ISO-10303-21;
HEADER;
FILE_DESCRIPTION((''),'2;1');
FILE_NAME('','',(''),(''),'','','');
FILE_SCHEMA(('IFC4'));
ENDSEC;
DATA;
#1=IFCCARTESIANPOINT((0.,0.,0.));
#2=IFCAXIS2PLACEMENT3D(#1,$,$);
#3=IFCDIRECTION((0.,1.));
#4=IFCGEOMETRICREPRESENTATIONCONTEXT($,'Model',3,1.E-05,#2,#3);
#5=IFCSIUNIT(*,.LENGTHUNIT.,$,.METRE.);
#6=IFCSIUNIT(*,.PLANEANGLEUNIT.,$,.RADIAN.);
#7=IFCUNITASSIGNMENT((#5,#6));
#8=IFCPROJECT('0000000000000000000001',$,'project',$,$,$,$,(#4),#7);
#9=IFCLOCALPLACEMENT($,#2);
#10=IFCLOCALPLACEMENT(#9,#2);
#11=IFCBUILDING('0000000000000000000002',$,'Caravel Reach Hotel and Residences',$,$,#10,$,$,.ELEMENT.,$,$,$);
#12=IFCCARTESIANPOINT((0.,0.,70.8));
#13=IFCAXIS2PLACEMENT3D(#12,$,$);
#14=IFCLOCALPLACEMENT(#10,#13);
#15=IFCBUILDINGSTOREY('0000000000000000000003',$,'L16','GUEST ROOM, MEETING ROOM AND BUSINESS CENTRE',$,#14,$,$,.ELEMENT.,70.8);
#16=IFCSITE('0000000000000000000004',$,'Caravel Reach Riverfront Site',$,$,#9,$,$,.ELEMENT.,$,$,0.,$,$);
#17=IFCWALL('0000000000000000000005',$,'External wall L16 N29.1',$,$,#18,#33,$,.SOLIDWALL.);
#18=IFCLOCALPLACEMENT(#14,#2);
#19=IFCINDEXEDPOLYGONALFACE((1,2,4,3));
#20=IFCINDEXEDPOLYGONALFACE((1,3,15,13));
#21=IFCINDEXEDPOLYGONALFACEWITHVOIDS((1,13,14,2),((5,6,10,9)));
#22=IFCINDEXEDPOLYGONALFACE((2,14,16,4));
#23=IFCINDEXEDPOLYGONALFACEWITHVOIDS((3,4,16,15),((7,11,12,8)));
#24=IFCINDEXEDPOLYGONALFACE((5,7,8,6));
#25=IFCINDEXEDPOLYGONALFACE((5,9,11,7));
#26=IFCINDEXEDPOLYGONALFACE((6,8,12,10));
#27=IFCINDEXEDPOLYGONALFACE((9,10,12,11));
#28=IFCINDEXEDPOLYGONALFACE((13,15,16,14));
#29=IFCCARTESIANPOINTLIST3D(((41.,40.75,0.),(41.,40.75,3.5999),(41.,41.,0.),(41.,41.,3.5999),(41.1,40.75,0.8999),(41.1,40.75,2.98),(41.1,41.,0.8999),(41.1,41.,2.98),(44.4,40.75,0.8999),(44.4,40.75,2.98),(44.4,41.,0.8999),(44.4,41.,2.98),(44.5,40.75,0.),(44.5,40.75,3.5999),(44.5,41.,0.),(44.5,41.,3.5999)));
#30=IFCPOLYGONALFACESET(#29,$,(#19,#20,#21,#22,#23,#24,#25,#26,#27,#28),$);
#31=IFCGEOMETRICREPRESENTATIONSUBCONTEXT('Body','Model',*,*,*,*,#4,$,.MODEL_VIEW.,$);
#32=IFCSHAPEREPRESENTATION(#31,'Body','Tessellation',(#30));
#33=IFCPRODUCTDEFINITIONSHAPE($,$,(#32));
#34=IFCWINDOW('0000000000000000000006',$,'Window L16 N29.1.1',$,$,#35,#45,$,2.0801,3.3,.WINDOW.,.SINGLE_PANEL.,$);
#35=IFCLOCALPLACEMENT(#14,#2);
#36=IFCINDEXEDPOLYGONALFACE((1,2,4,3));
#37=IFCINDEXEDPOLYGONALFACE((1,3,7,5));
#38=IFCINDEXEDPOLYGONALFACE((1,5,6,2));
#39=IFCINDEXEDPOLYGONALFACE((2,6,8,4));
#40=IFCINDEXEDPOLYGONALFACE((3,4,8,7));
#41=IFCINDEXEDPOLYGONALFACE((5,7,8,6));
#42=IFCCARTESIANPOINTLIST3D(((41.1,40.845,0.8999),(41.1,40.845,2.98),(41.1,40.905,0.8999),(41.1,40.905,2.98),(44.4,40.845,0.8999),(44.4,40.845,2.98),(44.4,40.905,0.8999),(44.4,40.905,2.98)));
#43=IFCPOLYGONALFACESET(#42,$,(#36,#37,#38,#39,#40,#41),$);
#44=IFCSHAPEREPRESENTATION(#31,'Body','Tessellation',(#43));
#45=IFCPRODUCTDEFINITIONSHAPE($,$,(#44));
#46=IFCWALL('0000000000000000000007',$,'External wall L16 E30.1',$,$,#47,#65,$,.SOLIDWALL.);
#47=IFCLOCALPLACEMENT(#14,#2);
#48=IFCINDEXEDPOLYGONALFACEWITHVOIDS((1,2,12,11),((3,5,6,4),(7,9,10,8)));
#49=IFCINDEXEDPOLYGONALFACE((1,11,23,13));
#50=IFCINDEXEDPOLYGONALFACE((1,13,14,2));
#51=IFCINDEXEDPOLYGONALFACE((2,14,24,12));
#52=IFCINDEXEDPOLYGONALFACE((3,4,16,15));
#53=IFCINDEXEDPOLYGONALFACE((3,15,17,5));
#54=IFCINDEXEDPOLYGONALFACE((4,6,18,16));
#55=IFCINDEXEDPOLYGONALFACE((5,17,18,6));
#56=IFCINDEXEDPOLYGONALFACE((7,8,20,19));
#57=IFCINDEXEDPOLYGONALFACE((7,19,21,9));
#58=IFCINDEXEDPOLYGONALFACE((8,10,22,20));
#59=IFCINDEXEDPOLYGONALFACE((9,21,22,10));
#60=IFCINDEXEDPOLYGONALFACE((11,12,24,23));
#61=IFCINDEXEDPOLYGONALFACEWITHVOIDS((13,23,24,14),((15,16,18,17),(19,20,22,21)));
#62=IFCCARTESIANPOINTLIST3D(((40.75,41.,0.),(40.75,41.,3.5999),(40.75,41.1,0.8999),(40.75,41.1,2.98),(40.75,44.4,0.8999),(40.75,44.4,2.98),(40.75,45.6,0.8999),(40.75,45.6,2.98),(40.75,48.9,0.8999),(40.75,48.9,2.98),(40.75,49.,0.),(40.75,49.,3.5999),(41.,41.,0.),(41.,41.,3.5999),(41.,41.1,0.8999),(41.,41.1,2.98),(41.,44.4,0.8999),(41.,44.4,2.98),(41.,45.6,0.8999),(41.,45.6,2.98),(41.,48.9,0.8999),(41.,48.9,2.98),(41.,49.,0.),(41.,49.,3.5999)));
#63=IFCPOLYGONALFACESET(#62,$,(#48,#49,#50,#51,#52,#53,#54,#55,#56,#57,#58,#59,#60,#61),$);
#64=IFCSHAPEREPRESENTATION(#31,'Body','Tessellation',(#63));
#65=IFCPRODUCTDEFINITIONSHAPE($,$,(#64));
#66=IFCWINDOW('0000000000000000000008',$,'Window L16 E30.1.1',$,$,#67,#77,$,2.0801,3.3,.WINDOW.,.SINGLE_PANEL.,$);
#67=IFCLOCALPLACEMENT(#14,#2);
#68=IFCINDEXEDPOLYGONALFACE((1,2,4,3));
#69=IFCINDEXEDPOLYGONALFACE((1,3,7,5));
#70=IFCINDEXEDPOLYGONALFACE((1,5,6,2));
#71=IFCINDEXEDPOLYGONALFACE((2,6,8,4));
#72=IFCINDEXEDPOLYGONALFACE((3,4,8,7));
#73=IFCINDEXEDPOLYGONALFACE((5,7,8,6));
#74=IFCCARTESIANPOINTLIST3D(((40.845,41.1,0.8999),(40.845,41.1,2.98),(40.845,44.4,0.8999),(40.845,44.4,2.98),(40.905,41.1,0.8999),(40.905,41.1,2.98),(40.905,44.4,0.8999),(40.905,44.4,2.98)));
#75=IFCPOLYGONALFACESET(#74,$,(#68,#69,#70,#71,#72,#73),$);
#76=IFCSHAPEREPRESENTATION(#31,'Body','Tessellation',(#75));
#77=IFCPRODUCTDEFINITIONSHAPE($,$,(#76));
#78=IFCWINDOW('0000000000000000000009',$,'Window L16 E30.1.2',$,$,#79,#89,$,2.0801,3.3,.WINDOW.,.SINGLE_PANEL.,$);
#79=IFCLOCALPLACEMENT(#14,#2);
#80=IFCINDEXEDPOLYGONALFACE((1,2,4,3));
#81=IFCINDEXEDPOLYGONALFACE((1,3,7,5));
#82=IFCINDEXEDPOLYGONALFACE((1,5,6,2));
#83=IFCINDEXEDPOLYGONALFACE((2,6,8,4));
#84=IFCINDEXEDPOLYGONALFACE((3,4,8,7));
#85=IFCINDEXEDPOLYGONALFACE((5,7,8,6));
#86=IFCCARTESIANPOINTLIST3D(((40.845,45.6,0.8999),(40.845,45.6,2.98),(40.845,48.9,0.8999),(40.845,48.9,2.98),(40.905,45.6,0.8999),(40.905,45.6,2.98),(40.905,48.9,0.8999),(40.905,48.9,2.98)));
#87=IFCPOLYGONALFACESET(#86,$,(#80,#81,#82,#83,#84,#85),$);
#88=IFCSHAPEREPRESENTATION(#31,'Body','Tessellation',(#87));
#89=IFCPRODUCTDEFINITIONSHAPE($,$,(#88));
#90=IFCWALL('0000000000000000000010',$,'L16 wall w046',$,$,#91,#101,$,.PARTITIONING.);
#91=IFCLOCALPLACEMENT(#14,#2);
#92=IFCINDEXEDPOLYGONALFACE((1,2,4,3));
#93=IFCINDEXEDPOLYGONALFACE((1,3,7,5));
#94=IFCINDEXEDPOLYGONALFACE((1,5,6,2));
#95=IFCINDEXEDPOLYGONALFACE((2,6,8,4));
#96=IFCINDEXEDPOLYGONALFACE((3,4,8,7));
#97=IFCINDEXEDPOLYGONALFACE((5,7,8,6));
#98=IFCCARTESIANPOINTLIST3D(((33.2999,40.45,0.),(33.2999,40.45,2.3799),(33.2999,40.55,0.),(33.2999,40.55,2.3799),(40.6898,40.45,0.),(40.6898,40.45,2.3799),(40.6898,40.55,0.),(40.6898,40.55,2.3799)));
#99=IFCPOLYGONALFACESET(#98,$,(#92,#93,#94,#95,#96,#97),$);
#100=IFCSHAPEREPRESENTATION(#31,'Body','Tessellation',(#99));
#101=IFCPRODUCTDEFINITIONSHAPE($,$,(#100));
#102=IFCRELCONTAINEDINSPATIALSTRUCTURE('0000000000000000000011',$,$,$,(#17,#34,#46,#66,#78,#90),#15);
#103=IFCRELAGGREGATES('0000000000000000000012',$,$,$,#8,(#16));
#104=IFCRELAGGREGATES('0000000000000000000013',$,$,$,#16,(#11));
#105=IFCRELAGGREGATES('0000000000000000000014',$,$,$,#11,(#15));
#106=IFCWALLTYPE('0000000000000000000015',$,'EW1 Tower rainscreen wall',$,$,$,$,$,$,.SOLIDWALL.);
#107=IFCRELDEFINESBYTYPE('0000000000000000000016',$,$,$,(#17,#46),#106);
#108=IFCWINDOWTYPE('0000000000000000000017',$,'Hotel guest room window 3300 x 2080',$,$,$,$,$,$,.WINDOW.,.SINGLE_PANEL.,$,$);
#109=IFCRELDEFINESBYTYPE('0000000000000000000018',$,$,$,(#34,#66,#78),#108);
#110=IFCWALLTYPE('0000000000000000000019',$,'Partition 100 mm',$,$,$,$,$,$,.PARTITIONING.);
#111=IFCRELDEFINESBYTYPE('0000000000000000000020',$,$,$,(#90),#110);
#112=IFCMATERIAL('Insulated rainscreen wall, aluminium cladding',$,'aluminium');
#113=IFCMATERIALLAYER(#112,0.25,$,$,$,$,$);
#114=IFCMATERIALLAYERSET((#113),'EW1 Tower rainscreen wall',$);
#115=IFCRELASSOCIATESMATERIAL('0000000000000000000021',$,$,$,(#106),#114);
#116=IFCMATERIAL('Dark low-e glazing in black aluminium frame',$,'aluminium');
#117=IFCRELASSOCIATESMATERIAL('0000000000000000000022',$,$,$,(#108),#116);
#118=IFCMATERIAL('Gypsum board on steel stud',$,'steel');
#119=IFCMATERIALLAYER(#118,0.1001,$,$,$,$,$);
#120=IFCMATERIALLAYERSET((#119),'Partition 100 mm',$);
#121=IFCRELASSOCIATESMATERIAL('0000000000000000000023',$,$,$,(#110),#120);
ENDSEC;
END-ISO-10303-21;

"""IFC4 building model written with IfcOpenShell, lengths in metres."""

from ifc_helpers import new_model, si_unit, direction, frame, frame_2d, origin, place, context, subcontext, project, spatial, rectangle, extrude, material, layer, layer_set, type_object, element, fill, save


model = new_model("IFC4")

# Units and contexts
model_context = context("Model", 3, precision=1e-05, world=origin(), true_north=direction((0.0, 1.0)))
body_context = subcontext(model_context, "Body", "Model", "MODEL_VIEW")
ifc_project = project(units=[si_unit("LENGTHUNIT", "METRE"), si_unit("PLANEANGLEUNIT", "RADIAN")], contexts=[model_context])

# Site, building, storey
site_placement = place(None, origin())
site = spatial("IfcSite", under=ifc_project, at=site_placement, Name="Caravel Reach Riverfront Site", CompositionType="ELEMENT", RefElevation=0.0)
building_placement = place(site_placement, origin())
building = spatial("IfcBuilding", under=site, at=building_placement, Name="Caravel Reach Hotel and Residences", CompositionType="ELEMENT")
storey_placement = place(building_placement, frame((0.0, 0.0, 70.8)))
storey = spatial("IfcBuildingStorey", under=building, at=storey_placement, Name="L16", Description="GUEST ROOM, MEETING ROOM AND BUSINESS CENTRE", CompositionType="ELEMENT", Elevation=70.8)

# Wall, opening, window
ifc_material_1 = material(Name="Insulated rainscreen wall, aluminium cladding", Category="aluminium")
ifc_layer_1 = layer(ifc_material_1, 0.25)
ifc_layer_set_1 = layer_set([ifc_layer_1], Name="EW1 Tower rainscreen wall")
wall_type_1 = type_object("IfcWallType", Name="EW1 Tower rainscreen wall", PredefinedType="SOLIDWALL", material=ifc_layer_set_1)
wall_1_placement = place(storey_placement, frame((44.5, 40.875, 0.0), z_axis=(0.0, 0.0, 1.0), x_axis=(-1.0, 0.0, 0.0)))
wall_1 = element("IfcWall", 1, at=wall_1_placement, inside=storey, type_object=wall_type_1, Name="External wall L16 N29.1", PredefinedType="SOLIDWALL", context=body_context, shape_type="SweptSolid", body=[
    extrude(rectangle(XDim=3.5, YDim=0.25, at=frame_2d((1.75, 0.0))), origin(), (0.0, 0.0, 1.0), 3.5999),
])
opening_1_placement = place(wall_1_placement, frame((0.1001, 0.0, 0.8999)))
opening_1 = element("IfcOpeningElement", 2, at=opening_1_placement, cuts=wall_1, PredefinedType="OPENING", context=body_context, shape_type="SweptSolid", body=[
    extrude(rectangle(XDim=3.3, YDim=2.0801, at=frame_2d((1.6499, 1.04))), frame((0.0, 0.135, 0.0), z_axis=(0.0, -1.0, 0.0), x_axis=(1.0, 0.0, 0.0)), (0.0, 0.0, 1.0), 0.27),
])
ifc_material_2 = material(Name="Dark low-e glazing in black aluminium frame", Category="aluminium")
window_type = type_object("IfcWindowType", Name="Hotel guest room window 3300 x 2080", PartitioningType="SINGLE_PANEL", PredefinedType="WINDOW", material=ifc_material_2)
window_1_placement = place(opening_1_placement, origin())
window_1 = element("IfcWindow", 3, at=window_1_placement, inside=storey, type_object=window_type, Name="Window L16 N29.1.1", OverallHeight=2.0801, OverallWidth=3.3, PartitioningType="SINGLE_PANEL", PredefinedType="WINDOW", context=body_context, shape_type="SweptSolid", body=[
    extrude(rectangle(XDim=3.3, YDim=2.0801, at=frame_2d((1.6499, 1.04))), frame((0.0, 0.03, 0.0), z_axis=(0.0, -1.0, 0.0), x_axis=(1.0, 0.0, 0.0)), (0.0, 0.0, 1.0), 0.0601),
])
fill(opening_1, window_1)

# Wall, openings, windows
wall_2_placement = place(storey_placement, frame((40.875, 41.0, 0.0), z_axis=(0.0, 0.0, 1.0), x_axis=(0.0, 1.0, 0.0)))
wall_2 = element("IfcWall", 4, at=wall_2_placement, inside=storey, type_object=wall_type_1, Name="External wall L16 E30.1", PredefinedType="SOLIDWALL", context=body_context, shape_type="SweptSolid", body=[
    extrude(rectangle(XDim=8.0, YDim=0.25, at=frame_2d((4.0, 0.0))), origin(), (0.0, 0.0, 1.0), 3.5999),
])
opening_2_placement = place(wall_2_placement, frame((0.1001, 0.0, 0.8999)))
opening_2 = element("IfcOpeningElement", 5, at=opening_2_placement, cuts=wall_2, PredefinedType="OPENING", context=body_context, shape_type="SweptSolid", body=[
    extrude(rectangle(XDim=3.3, YDim=2.0801, at=frame_2d((1.6499, 1.04))), frame((0.0, 0.135, 0.0), z_axis=(0.0, -1.0, 0.0), x_axis=(1.0, 0.0, 0.0)), (0.0, 0.0, 1.0), 0.27),
])
opening_3_placement = place(wall_2_placement, frame((4.6001, 0.0, 0.8999)))
opening_3 = element("IfcOpeningElement", 6, at=opening_3_placement, cuts=wall_2, PredefinedType="OPENING", context=body_context, shape_type="SweptSolid", body=[
    extrude(rectangle(XDim=3.3, YDim=2.0801, at=frame_2d((1.6499, 1.04))), frame((0.0, 0.135, 0.0), z_axis=(0.0, -1.0, 0.0), x_axis=(1.0, 0.0, 0.0)), (0.0, 0.0, 1.0), 0.27),
])
window_2_placement = place(opening_2_placement, origin())
window_2 = element("IfcWindow", 7, at=window_2_placement, inside=storey, type_object=window_type, Name="Window L16 E30.1.1", OverallHeight=2.0801, OverallWidth=3.3, PartitioningType="SINGLE_PANEL", PredefinedType="WINDOW", context=body_context, shape_type="SweptSolid", body=[
    extrude(rectangle(XDim=3.3, YDim=2.0801, at=frame_2d((1.6499, 1.04))), frame((0.0, 0.03, 0.0), z_axis=(0.0, -1.0, 0.0), x_axis=(1.0, 0.0, 0.0)), (0.0, 0.0, 1.0), 0.0601),
])
fill(opening_2, window_2)
window_3_placement = place(opening_3_placement, origin())
window_3 = element("IfcWindow", 8, at=window_3_placement, inside=storey, type_object=window_type, Name="Window L16 E30.1.2", OverallHeight=2.0801, OverallWidth=3.3, PartitioningType="SINGLE_PANEL", PredefinedType="WINDOW", context=body_context, shape_type="SweptSolid", body=[
    extrude(rectangle(XDim=3.3, YDim=2.0801, at=frame_2d((1.6499, 1.04))), frame((0.0, 0.03, 0.0), z_axis=(0.0, -1.0, 0.0), x_axis=(1.0, 0.0, 0.0)), (0.0, 0.0, 1.0), 0.0601),
])
fill(opening_3, window_3)

# Wall
ifc_material_3 = material(Name="Gypsum board on steel stud", Category="steel")
ifc_layer_2 = layer(ifc_material_3, 0.1001)
ifc_layer_set_2 = layer_set([ifc_layer_2], Name="Partition 100 mm")
wall_type_2 = type_object("IfcWallType", Name="Partition 100 mm", PredefinedType="PARTITIONING", material=ifc_layer_set_2)
wall_3_placement = place(storey_placement, frame((33.3, 40.5, 0.0), z_axis=(0.0, 0.0, 1.0), x_axis=(1.0, 0.0, 0.0)))
element("IfcWall", 9, at=wall_3_placement, inside=storey, type_object=wall_type_2, Name="L16 wall w046", PredefinedType="PARTITIONING", context=body_context, shape_type="SweptSolid", body=[
    extrude(rectangle(XDim=7.3899, YDim=0.1001, at=frame_2d((3.6948, 0.0))), origin(), (0.0, 0.0, 1.0), 2.3799),
])

save(model, "model.ifc")
